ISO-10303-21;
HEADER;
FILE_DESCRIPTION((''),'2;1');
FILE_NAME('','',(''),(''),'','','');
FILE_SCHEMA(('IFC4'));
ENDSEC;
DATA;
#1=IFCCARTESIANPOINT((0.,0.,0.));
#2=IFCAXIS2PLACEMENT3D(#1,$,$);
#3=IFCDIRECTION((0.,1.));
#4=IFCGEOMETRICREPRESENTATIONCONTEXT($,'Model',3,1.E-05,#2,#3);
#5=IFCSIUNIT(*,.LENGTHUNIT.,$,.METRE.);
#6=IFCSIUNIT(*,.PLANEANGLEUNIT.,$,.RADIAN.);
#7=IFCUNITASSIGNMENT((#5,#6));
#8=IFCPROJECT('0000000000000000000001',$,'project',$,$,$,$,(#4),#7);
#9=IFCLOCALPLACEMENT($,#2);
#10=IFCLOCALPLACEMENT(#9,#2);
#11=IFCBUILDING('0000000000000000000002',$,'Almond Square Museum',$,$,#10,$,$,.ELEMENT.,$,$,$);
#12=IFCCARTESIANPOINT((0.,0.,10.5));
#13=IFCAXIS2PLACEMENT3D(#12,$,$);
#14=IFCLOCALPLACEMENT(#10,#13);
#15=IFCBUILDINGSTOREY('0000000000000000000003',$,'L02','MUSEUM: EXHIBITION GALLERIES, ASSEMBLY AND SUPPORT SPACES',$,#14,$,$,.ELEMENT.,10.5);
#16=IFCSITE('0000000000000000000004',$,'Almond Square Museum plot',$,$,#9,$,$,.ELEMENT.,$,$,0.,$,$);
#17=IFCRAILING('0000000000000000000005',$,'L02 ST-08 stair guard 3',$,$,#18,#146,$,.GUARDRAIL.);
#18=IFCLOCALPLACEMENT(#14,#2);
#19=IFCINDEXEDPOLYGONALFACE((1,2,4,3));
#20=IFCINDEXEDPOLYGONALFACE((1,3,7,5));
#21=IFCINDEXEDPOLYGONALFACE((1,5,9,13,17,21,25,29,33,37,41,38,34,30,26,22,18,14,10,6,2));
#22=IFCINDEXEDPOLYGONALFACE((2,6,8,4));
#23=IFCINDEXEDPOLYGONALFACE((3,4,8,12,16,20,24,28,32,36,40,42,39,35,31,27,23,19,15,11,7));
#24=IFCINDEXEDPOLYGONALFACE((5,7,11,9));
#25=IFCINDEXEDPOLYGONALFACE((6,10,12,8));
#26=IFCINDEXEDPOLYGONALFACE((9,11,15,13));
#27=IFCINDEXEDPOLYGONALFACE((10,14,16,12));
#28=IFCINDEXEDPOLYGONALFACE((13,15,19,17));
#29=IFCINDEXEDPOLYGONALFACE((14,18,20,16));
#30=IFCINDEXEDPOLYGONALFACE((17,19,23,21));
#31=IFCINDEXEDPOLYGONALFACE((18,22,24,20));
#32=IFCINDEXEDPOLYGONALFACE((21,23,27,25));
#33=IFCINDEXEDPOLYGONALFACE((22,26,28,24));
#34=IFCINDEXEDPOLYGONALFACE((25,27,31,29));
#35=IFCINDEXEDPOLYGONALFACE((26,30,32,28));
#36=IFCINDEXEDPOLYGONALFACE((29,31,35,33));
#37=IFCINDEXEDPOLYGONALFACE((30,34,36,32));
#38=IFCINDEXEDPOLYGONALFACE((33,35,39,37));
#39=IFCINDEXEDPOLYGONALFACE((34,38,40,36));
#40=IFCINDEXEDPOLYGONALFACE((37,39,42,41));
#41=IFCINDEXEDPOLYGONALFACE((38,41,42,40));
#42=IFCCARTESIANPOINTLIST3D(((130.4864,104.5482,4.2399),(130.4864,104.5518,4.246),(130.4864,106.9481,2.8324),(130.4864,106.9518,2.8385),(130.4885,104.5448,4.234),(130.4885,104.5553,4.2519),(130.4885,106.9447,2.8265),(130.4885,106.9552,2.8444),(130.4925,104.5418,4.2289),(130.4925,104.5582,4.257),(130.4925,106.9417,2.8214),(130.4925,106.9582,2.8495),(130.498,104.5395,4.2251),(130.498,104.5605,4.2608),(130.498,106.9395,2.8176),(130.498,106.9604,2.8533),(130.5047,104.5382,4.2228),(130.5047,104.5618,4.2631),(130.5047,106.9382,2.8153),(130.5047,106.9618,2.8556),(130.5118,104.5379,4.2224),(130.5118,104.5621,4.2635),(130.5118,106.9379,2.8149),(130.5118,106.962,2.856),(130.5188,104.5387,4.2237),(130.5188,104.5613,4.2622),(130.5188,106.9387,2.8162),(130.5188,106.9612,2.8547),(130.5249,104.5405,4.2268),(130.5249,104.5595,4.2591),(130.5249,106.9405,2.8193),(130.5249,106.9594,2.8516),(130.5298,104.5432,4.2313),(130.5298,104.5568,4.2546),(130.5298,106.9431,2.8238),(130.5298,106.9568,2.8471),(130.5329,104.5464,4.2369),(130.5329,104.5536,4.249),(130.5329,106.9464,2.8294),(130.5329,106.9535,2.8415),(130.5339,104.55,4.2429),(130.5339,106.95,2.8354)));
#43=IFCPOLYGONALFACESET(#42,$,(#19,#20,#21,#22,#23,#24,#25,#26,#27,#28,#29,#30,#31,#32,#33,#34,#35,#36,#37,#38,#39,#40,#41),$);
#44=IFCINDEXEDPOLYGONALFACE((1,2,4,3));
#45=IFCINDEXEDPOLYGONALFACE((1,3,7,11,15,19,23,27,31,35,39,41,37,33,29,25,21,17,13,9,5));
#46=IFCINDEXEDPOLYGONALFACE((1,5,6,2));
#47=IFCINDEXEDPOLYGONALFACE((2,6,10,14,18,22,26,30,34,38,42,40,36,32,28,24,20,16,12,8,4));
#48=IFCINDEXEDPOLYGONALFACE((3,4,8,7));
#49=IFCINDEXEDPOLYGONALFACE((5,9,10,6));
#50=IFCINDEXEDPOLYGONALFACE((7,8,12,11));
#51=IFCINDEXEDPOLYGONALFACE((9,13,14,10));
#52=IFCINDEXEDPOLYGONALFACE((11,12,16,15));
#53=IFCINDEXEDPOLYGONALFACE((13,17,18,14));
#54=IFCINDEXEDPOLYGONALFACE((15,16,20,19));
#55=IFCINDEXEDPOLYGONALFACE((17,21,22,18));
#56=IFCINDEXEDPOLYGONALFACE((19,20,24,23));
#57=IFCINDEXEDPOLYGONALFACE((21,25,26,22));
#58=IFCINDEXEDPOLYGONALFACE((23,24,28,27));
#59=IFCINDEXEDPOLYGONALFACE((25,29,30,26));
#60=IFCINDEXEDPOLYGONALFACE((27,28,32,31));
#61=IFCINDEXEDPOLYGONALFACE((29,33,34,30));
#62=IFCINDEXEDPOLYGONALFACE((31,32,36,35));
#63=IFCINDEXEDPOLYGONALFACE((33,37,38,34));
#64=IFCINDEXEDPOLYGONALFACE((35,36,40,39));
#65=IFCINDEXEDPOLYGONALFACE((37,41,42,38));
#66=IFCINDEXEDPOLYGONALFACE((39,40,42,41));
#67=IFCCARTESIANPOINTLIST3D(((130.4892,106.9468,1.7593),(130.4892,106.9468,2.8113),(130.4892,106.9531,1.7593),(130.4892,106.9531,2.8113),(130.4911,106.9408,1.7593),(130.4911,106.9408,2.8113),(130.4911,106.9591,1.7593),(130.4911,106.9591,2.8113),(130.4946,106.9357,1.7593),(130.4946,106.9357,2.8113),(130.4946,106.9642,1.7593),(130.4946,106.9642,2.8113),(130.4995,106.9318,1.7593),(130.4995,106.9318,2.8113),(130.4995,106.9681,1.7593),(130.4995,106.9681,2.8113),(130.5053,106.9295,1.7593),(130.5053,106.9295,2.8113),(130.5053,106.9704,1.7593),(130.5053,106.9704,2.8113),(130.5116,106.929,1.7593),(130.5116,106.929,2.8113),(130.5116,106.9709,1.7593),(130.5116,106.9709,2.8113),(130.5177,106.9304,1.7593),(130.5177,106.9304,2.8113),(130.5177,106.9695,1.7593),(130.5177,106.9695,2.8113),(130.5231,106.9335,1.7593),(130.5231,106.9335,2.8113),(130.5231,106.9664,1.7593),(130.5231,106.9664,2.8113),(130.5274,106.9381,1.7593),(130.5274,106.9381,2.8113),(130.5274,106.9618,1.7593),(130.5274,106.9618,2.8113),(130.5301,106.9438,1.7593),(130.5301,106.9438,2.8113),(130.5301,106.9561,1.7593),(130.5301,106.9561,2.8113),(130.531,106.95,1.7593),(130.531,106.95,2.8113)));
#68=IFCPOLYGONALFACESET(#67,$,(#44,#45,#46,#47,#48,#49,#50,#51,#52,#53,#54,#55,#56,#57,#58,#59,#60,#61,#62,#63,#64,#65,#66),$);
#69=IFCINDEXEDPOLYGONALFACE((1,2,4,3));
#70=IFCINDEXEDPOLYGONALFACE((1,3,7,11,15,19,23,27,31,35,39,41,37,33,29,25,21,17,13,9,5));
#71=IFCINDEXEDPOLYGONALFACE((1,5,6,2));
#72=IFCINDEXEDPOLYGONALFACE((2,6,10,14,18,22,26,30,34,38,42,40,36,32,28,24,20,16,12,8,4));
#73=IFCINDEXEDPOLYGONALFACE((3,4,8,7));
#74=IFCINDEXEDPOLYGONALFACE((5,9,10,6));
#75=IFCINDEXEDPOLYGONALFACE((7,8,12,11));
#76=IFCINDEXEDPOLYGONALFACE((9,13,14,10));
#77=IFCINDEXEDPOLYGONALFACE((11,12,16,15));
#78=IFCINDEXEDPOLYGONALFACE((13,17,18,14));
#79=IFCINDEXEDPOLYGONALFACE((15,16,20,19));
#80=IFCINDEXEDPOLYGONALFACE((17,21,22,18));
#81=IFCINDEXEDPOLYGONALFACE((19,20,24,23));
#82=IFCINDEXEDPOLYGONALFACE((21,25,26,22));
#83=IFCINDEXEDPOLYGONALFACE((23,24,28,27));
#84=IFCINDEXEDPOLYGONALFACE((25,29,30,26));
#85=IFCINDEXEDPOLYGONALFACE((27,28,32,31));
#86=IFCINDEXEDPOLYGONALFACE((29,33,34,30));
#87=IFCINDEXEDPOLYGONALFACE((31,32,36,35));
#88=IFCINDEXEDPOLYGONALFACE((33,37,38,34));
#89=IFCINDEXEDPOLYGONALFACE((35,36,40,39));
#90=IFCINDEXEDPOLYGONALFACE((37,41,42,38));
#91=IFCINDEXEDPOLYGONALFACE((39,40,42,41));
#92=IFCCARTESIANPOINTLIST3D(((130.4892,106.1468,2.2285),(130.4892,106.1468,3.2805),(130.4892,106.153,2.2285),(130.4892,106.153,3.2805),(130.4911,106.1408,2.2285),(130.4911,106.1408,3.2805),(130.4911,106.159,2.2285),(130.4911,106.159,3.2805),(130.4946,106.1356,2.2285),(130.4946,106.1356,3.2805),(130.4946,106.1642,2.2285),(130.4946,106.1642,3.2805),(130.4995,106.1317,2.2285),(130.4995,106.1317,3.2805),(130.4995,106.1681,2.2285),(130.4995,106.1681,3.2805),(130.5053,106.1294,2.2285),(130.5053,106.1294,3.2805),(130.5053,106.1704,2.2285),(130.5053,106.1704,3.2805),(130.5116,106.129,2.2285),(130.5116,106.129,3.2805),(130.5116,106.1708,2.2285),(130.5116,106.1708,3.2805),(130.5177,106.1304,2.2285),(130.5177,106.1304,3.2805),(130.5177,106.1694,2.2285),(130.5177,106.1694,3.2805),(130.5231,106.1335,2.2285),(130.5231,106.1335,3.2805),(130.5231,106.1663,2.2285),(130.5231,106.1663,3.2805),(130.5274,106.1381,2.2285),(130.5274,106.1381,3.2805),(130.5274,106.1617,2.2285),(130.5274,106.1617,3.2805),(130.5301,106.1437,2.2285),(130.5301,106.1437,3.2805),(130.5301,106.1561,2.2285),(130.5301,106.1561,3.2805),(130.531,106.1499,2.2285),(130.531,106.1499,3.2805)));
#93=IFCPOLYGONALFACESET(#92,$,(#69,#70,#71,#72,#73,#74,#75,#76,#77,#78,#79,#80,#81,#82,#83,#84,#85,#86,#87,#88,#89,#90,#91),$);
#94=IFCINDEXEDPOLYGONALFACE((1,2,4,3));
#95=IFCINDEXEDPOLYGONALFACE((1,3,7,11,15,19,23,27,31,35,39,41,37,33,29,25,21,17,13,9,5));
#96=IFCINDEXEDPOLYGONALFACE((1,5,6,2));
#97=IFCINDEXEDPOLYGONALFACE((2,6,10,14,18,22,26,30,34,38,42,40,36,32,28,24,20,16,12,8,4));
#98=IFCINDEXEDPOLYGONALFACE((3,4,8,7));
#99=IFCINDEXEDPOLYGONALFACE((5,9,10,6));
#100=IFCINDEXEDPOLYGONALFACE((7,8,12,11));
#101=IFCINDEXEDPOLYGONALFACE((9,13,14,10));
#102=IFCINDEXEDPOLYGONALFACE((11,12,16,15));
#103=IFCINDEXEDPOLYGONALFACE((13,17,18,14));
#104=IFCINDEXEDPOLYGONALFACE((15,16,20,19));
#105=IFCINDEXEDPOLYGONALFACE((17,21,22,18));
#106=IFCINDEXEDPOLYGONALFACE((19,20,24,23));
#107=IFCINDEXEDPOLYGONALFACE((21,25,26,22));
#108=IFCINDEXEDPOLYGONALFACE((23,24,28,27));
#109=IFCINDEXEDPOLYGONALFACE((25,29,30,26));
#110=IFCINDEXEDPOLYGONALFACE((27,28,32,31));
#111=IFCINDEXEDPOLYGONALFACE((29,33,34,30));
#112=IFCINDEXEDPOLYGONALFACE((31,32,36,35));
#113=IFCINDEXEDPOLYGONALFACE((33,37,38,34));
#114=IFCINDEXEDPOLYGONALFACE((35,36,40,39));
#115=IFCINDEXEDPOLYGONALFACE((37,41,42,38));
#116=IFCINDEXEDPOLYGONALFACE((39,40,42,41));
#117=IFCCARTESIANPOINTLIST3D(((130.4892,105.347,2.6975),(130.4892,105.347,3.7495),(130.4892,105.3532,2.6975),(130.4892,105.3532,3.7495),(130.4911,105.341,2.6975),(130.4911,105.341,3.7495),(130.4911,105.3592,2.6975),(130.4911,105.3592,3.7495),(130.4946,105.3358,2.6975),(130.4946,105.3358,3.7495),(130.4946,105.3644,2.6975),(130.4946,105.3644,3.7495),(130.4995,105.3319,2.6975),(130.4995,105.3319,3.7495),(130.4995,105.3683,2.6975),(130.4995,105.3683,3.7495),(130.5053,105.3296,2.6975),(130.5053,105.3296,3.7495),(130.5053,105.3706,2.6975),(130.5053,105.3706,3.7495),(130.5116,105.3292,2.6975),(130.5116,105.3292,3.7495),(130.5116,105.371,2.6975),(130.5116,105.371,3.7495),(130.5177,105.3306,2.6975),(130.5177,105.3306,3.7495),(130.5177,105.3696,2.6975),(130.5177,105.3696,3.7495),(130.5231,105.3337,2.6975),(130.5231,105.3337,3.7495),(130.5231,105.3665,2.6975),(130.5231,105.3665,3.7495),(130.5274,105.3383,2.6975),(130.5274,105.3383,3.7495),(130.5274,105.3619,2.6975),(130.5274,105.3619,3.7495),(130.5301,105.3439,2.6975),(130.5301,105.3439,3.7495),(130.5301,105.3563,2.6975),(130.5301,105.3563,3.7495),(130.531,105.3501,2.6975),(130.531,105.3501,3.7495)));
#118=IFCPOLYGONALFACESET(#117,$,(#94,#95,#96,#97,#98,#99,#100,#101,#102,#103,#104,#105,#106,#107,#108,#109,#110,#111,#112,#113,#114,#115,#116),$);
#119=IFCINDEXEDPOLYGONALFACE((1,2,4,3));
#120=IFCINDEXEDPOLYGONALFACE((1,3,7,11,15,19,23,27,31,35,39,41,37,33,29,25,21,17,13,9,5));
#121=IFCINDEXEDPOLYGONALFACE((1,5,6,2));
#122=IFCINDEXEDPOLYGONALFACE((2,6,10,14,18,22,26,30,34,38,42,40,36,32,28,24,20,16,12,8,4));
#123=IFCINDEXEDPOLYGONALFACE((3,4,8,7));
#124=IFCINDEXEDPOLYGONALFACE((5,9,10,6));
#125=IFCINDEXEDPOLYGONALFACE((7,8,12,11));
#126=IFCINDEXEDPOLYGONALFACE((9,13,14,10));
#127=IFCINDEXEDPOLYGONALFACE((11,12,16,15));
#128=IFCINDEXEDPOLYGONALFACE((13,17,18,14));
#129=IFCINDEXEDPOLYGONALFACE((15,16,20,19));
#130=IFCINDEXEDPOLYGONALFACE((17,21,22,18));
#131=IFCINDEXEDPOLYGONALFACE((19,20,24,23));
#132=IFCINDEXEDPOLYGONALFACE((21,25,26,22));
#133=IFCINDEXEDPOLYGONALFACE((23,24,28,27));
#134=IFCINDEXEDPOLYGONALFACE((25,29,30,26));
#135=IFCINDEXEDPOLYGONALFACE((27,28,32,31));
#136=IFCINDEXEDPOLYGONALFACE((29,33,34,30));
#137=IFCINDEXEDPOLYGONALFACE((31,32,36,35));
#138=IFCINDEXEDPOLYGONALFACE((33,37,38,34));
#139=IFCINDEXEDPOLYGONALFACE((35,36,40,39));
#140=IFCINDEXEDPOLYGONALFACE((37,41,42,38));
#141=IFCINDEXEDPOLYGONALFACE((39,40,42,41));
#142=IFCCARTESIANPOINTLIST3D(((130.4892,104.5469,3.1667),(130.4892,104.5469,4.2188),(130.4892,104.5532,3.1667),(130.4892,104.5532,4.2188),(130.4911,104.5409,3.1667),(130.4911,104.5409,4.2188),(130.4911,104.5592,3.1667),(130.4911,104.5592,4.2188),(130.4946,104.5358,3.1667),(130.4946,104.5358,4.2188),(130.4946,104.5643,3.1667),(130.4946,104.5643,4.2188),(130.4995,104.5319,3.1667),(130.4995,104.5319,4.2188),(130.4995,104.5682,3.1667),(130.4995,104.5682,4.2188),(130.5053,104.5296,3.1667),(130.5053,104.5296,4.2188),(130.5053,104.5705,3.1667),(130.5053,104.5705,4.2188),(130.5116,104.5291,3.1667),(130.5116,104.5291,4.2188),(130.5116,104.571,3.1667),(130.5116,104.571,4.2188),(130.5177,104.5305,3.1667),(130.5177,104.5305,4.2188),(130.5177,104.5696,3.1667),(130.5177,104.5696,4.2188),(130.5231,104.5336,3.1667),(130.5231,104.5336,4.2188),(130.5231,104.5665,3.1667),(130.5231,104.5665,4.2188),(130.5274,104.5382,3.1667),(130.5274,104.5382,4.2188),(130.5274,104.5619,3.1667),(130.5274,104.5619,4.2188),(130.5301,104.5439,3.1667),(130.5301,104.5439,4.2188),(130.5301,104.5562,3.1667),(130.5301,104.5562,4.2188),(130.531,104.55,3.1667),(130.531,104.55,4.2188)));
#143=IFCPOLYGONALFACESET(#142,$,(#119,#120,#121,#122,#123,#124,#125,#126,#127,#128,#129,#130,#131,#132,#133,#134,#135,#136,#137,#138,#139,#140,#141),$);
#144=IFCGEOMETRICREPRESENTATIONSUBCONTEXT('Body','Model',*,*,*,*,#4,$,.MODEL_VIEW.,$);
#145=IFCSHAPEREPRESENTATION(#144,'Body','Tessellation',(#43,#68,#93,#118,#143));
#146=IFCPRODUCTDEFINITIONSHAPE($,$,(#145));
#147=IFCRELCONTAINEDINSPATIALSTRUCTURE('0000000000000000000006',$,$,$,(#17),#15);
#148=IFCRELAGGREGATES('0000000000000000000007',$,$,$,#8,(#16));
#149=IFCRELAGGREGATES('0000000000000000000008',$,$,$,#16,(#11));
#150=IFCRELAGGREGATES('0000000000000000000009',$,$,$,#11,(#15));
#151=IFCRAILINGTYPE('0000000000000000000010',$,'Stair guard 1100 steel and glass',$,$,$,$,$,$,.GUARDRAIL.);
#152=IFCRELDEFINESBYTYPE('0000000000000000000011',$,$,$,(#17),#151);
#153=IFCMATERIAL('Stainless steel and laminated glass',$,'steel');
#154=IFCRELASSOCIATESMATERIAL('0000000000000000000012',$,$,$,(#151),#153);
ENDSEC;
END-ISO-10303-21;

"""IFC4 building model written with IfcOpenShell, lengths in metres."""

from ifc_helpers import new_model, si_unit, direction, frame, origin, origin_2d, place, context, subcontext, project, spatial, circle, extrude, material, type_object, element, save


model = new_model("IFC4")

# Units and contexts
model_context = context("Model", 3, precision=1e-05, world=origin(), true_north=direction((0.0, 1.0)))
body_context = subcontext(model_context, "Body", "Model", "MODEL_VIEW")
ifc_project = project(units=[si_unit("LENGTHUNIT", "METRE"), si_unit("PLANEANGLEUNIT", "RADIAN")], contexts=[model_context])

# Site, building, storey
site_placement = place(None, origin())
site = spatial("IfcSite", under=ifc_project, at=site_placement, Name="Almond Square Museum plot", CompositionType="ELEMENT", RefElevation=0.0)
building_placement = place(site_placement, origin())
building = spatial("IfcBuilding", under=site, at=building_placement, Name="Almond Square Museum", CompositionType="ELEMENT")
storey_placement = place(building_placement, frame((0.0, 0.0, 10.5)))
storey = spatial("IfcBuildingStorey", under=building, at=storey_placement, Name="L02", Description="MUSEUM: EXHIBITION GALLERIES, ASSEMBLY AND SUPPORT SPACES", CompositionType="ELEMENT", Elevation=10.5)

# Railing
ifc_material_1 = material(Name="Stainless steel and laminated glass", Category="steel")
railing_type_1 = type_object("IfcRailingType", Name="Stair guard 1100 steel and glass", PredefinedType="GUARDRAIL", material=ifc_material_1)
railing_1_placement = place(storey_placement, frame((130.51, 106.95, 1.7593)))
element("IfcRailing", 1, at=railing_1_placement, inside=storey, type_object=railing_type_1, Name="L02 ST-08 stair guard 3", PredefinedType="GUARDRAIL", context=body_context, shape_type="SweptSolid", body=[
    extrude(circle(Radius=0.0239, at=origin_2d()), frame((0.0, 0.0, 1.0762), z_axis=(0.0, -0.862599, 0.505888), x_axis=(1.0, 0.0, 0.0)), (0.0, 0.0, 1.0), 2.7822),
    extrude(circle(Radius=0.021, at=origin_2d()), origin(), (0.0, 0.0, 1.0), 1.052),
    extrude(circle(Radius=0.021, at=origin_2d()), frame((0.0, -0.8, 0.4692)), (0.0, 0.0, 1.0), 1.052),
    extrude(circle(Radius=0.021, at=origin_2d()), frame((0.0, -1.5999, 0.9382)), (0.0, 0.0, 1.0), 1.052),
    extrude(circle(Radius=0.021, at=origin_2d()), frame((0.0, -2.3999, 1.4075)), (0.0, 0.0, 1.0), 1.052),
])

save(model, "model.ifc")
